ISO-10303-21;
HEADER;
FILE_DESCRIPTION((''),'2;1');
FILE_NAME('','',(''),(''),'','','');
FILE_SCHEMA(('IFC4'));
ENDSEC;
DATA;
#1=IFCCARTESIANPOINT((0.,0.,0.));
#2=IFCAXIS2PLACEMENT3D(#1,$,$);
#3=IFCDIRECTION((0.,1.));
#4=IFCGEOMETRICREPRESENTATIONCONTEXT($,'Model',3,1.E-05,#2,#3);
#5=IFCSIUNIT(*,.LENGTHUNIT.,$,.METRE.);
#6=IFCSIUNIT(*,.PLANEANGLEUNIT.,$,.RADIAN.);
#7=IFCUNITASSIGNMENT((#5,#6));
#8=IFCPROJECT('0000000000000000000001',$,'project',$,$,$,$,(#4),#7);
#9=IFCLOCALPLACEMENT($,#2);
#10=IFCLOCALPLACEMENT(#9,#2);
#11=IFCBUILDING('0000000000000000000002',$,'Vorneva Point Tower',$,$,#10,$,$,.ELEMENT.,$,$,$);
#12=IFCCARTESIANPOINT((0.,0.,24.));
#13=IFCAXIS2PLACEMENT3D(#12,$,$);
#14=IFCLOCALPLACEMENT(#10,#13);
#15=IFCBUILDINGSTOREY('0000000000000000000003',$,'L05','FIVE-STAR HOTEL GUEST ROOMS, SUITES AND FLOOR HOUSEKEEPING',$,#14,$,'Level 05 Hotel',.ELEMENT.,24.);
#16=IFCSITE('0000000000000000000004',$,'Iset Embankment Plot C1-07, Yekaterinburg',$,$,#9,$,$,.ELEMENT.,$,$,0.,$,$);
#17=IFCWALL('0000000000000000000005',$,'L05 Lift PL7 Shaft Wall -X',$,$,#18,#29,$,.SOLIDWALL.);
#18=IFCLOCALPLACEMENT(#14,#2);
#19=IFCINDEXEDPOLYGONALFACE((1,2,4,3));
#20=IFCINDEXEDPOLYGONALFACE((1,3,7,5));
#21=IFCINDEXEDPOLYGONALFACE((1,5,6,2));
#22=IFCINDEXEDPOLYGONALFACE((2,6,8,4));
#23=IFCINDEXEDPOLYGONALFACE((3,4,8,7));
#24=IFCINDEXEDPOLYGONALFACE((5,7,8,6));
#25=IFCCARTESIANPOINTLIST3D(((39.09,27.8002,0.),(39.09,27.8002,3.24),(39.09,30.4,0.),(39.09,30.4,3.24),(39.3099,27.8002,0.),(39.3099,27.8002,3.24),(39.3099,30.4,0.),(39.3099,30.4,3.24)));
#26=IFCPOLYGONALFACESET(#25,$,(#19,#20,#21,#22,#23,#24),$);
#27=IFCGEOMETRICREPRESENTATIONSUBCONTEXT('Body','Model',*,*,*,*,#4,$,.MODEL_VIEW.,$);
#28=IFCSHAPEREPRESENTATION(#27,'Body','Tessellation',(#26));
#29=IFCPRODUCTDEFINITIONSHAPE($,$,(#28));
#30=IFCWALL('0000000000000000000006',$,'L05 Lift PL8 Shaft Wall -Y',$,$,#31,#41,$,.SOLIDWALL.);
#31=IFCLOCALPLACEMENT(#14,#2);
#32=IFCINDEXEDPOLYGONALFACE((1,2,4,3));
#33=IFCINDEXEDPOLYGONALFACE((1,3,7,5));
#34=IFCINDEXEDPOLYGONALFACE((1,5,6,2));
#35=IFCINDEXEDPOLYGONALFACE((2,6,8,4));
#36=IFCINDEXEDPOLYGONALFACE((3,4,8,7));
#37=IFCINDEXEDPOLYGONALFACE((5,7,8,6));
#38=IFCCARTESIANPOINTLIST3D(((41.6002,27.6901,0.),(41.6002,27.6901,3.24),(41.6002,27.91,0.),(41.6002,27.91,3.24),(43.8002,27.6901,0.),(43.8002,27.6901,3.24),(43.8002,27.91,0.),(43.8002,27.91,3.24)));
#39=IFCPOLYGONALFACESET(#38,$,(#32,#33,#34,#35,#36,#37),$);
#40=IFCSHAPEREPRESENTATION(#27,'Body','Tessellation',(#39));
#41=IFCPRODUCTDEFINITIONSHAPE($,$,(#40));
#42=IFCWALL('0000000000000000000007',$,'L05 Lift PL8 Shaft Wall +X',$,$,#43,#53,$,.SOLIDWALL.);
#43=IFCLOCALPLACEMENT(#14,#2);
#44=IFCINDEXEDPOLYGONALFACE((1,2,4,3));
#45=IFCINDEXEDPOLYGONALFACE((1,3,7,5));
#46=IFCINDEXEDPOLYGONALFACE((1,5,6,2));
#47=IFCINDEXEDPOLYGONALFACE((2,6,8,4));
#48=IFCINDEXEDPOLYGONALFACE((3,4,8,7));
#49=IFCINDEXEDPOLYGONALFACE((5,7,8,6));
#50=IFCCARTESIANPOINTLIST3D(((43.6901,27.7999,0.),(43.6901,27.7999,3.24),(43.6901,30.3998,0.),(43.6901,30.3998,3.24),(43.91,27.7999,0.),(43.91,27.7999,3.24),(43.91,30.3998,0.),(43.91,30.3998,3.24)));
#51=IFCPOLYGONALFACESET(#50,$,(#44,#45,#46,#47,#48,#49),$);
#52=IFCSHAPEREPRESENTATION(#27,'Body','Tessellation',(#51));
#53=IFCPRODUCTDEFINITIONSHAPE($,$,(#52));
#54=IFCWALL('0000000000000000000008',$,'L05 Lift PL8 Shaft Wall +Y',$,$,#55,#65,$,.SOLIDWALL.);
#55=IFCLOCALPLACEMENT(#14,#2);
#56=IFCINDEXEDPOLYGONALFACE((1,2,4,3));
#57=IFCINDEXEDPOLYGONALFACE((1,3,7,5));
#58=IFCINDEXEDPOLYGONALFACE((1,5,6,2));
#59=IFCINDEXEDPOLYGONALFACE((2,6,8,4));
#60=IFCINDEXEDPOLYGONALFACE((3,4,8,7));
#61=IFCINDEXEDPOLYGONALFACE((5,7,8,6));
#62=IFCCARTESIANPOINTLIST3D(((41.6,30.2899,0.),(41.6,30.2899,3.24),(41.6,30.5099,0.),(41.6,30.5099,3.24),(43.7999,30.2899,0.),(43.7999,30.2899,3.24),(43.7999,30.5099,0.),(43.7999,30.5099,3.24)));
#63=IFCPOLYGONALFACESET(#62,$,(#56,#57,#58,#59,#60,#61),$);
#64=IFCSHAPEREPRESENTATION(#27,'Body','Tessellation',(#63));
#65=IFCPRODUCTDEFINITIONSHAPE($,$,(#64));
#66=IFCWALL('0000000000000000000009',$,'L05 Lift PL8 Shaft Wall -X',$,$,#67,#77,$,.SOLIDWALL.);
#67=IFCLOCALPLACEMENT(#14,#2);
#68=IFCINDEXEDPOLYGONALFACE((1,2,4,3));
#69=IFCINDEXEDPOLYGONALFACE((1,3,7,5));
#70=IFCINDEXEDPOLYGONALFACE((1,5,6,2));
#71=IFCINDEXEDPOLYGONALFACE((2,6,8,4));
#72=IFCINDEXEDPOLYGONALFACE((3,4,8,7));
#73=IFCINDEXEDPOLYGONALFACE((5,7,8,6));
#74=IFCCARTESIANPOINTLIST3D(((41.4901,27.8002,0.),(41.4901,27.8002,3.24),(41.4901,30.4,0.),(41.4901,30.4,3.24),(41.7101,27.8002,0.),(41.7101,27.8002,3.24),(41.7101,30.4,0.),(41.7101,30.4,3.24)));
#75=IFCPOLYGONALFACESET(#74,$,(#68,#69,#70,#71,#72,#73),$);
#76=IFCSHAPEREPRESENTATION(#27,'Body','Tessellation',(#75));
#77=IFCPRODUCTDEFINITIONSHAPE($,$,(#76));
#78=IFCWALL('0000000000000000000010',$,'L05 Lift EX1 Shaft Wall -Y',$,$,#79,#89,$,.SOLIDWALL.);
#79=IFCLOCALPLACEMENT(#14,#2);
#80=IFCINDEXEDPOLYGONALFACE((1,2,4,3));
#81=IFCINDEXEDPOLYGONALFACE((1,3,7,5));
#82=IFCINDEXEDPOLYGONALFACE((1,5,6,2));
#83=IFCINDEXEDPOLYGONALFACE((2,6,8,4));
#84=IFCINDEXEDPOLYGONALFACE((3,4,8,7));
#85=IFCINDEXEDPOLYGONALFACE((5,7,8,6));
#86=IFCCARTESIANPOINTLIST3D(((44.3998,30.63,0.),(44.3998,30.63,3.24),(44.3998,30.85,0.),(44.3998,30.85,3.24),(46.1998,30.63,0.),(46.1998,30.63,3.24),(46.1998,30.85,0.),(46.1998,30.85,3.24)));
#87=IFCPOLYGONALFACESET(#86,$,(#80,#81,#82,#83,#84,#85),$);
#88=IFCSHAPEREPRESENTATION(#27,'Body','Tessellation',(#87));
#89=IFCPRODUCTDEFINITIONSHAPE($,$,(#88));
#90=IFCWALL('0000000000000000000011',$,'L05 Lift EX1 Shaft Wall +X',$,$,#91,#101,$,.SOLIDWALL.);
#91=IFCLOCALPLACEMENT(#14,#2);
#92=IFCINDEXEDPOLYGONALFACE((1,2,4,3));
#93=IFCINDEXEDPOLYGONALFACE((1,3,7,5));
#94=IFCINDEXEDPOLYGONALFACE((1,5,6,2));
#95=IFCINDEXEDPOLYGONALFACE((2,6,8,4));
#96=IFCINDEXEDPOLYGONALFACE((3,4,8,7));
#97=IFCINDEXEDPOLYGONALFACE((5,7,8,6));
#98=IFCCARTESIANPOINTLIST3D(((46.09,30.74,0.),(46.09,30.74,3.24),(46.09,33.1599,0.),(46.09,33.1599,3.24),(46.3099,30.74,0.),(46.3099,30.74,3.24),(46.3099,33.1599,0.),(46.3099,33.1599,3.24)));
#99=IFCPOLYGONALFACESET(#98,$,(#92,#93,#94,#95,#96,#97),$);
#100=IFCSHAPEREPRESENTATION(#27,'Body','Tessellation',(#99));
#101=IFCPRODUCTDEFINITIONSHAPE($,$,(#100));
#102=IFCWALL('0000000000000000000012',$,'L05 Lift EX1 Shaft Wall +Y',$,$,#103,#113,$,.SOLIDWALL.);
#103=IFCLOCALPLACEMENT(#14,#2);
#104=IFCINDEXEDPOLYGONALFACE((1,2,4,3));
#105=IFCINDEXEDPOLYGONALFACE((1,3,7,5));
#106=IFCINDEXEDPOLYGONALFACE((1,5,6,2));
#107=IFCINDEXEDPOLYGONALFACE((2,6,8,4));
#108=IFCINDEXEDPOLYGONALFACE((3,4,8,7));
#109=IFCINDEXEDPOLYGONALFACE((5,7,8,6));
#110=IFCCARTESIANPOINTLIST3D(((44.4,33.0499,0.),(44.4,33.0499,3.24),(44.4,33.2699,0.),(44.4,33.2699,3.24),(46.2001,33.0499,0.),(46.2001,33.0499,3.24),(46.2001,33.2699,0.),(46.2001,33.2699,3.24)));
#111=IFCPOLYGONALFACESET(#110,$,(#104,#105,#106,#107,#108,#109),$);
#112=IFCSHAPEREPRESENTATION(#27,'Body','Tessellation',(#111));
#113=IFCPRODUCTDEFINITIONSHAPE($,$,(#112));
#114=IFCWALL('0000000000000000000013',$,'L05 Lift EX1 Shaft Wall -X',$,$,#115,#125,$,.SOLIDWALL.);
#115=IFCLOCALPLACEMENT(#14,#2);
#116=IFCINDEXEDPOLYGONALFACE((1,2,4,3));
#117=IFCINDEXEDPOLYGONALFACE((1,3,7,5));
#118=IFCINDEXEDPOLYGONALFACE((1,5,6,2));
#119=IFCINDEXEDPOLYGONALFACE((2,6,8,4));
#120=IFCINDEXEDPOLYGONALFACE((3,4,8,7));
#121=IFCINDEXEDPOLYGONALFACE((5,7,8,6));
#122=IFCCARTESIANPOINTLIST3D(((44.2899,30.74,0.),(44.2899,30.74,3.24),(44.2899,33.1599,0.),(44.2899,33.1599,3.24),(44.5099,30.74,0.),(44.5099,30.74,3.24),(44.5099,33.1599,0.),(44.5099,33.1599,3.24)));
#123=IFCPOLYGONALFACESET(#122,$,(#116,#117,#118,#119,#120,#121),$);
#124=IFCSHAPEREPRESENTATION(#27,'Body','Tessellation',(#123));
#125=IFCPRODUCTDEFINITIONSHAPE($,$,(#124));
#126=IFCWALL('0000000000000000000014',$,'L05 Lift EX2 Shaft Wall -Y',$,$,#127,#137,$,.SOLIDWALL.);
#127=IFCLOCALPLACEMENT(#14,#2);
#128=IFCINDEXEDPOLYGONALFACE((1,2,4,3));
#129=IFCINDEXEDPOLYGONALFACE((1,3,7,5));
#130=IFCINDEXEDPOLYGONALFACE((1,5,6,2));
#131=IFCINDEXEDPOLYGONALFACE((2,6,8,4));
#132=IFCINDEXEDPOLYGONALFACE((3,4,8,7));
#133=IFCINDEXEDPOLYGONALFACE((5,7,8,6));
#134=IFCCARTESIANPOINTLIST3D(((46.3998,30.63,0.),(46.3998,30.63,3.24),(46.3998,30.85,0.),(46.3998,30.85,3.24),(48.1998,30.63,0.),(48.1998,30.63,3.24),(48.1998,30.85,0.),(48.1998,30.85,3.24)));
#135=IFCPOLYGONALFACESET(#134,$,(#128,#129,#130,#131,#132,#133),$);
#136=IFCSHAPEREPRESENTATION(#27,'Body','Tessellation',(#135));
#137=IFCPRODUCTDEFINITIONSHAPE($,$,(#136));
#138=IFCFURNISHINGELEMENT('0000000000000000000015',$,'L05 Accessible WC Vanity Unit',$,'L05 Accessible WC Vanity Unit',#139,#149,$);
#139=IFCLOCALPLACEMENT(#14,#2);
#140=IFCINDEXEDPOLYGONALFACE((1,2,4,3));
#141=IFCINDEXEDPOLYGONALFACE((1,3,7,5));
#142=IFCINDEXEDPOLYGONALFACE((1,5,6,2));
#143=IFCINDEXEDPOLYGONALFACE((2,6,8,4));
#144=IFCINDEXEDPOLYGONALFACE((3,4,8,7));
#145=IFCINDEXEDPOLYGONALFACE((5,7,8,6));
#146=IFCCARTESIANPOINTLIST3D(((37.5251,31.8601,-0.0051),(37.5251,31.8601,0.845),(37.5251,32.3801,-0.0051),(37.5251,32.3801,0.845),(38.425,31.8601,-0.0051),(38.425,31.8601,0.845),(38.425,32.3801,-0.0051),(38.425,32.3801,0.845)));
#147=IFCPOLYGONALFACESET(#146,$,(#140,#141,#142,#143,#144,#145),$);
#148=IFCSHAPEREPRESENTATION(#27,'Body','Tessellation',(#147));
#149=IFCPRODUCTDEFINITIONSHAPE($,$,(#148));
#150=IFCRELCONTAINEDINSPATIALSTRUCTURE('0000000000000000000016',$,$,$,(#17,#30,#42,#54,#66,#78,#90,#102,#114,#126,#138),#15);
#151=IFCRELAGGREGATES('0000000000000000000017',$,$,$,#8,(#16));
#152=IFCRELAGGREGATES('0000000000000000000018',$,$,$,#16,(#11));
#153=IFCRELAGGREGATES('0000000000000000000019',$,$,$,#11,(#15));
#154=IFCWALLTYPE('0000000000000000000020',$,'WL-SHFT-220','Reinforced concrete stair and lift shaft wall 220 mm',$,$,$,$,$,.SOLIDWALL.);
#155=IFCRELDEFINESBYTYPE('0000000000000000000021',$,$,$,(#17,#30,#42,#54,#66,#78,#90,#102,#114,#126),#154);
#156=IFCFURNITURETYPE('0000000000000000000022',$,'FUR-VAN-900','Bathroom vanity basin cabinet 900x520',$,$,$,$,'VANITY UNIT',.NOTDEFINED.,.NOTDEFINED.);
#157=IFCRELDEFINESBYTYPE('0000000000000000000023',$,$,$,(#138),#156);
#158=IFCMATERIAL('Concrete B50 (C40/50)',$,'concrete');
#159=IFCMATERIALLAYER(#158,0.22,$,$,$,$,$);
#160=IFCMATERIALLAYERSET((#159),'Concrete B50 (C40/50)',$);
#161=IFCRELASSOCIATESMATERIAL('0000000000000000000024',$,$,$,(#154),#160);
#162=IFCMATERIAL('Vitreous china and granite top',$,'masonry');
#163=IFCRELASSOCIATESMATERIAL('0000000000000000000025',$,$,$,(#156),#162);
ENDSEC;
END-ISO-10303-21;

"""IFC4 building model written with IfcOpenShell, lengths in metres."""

from ifc_helpers import new_model, si_unit, direction, frame, frame_2d, origin, origin_2d, place, context, subcontext, project, spatial, rectangle, extrude, material, layer, layer_set, type_object, element, save


model = new_model("IFC4")

# Units and contexts
model_context = context("Model", 3, precision=1e-05, world=origin(), true_north=direction((0.0, 1.0)))
body_context = subcontext(model_context, "Body", "Model", "MODEL_VIEW")
ifc_project = project(units=[si_unit("LENGTHUNIT", "METRE"), si_unit("PLANEANGLEUNIT", "RADIAN")], contexts=[model_context])

# Site, building, storey
site_placement = place(None, origin())
site = spatial("IfcSite", under=ifc_project, at=site_placement, Name="Iset Embankment Plot C1-07, Yekaterinburg", CompositionType="ELEMENT", RefElevation=0.0)
building_placement = place(site_placement, origin())
building = spatial("IfcBuilding", under=site, at=building_placement, Name="Vorneva Point Tower", CompositionType="ELEMENT")
storey_placement = place(building_placement, frame((0.0, 0.0, 24.0)))
storey = spatial("IfcBuildingStorey", under=building, at=storey_placement, Name="L05", Description="FIVE-STAR HOTEL GUEST ROOMS, SUITES AND FLOOR HOUSEKEEPING", LongName="Level 05 Hotel", CompositionType="ELEMENT", Elevation=24.0)

# Walls
ifc_material_1 = material(Name="Concrete B50 (C40/50)", Category="concrete")
ifc_layer_1 = layer(ifc_material_1, 0.22)
ifc_layer_set_1 = layer_set([ifc_layer_1], Name="Concrete B50 (C40/50)")
wall_type_1 = type_object("IfcWallType", Name="WL-SHFT-220", Description="Reinforced concrete stair and lift shaft wall 220 mm", PredefinedType="SOLIDWALL", material=ifc_layer_set_1)
wall_1_placement = place(storey_placement, frame((39.2, 30.3999, 0.0), z_axis=(0.0, 0.0, 1.0), x_axis=(0.0, -1.0, 0.0)))
element("IfcWall", 1, at=wall_1_placement, inside=storey, type_object=wall_type_1, Name="L05 Lift PL7 Shaft Wall -X", PredefinedType="SOLIDWALL", context=body_context, shape_type="SweptSolid", body=[
    extrude(rectangle(XDim=2.5999, YDim=0.22, at=frame_2d((1.2998, 0.0))), origin(), (0.0, 0.0, 1.0), 3.24),
])
wall_2_placement = place(storey_placement, frame((41.6001, 27.8, 0.0), z_axis=(0.0, 0.0, 1.0), x_axis=(1.0, 0.0, 0.0)))
element("IfcWall", 2, at=wall_2_placement, inside=storey, type_object=wall_type_1, Name="L05 Lift PL8 Shaft Wall -Y", PredefinedType="SOLIDWALL", context=body_context, shape_type="SweptSolid", body=[
    extrude(rectangle(XDim=2.2, YDim=0.22, at=frame_2d((1.1001, 0.0))), origin(), (0.0, 0.0, 1.0), 3.24),
])
wall_3_placement = place(storey_placement, frame((43.8, 27.8, 0.0), z_axis=(0.0, 0.0, 1.0), x_axis=(0.0, 1.0, 0.0)))
element("IfcWall", 3, at=wall_3_placement, inside=storey, type_object=wall_type_1, Name="L05 Lift PL8 Shaft Wall +X", PredefinedType="SOLIDWALL", context=body_context, shape_type="SweptSolid", body=[
    extrude(rectangle(XDim=2.5999, YDim=0.22, at=frame_2d((1.2998, 0.0))), origin(), (0.0, 0.0, 1.0), 3.24),
])
wall_4_placement = place(storey_placement, frame((43.8, 30.3999, 0.0), z_axis=(0.0, 0.0, 1.0), x_axis=(-1.0, 0.0, 0.0)))
element("IfcWall", 4, at=wall_4_placement, inside=storey, type_object=wall_type_1, Name="L05 Lift PL8 Shaft Wall +Y", PredefinedType="SOLIDWALL", context=body_context, shape_type="SweptSolid", body=[
    extrude(rectangle(XDim=2.2, YDim=0.22, at=frame_2d((1.1001, 0.0))), origin(), (0.0, 0.0, 1.0), 3.24),
])
wall_5_placement = place(storey_placement, frame((41.6001, 30.3999, 0.0), z_axis=(0.0, 0.0, 1.0), x_axis=(0.0, -1.0, 0.0)))
element("IfcWall", 5, at=wall_5_placement, inside=storey, type_object=wall_type_1, Name="L05 Lift PL8 Shaft Wall -X", PredefinedType="SOLIDWALL", context=body_context, shape_type="SweptSolid", body=[
    extrude(rectangle(XDim=2.5999, YDim=0.22, at=frame_2d((1.2998, 0.0))), origin(), (0.0, 0.0, 1.0), 3.24),
])
wall_6_placement = place(storey_placement, frame((44.3999, 30.74, 0.0), z_axis=(0.0, 0.0, 1.0), x_axis=(1.0, 0.0, 0.0)))
element("IfcWall", 6, at=wall_6_placement, inside=storey, type_object=wall_type_1, Name="L05 Lift EX1 Shaft Wall -Y", PredefinedType="SOLIDWALL", context=body_context, shape_type="SweptSolid", body=[
    extrude(rectangle(XDim=1.8, YDim=0.22, at=frame_2d((0.8999, 0.0))), origin(), (0.0, 0.0, 1.0), 3.24),
])
wall_7_placement = place(storey_placement, frame((46.2, 30.74, 0.0), z_axis=(0.0, 0.0, 1.0), x_axis=(0.0, 1.0, 0.0)))
element("IfcWall", 7, at=wall_7_placement, inside=storey, type_object=wall_type_1, Name="L05 Lift EX1 Shaft Wall +X", PredefinedType="SOLIDWALL", context=body_context, shape_type="SweptSolid", body=[
    extrude(rectangle(XDim=2.4199, YDim=0.22, at=frame_2d((1.21, 0.0))), origin(), (0.0, 0.0, 1.0), 3.24),
])
wall_8_placement = place(storey_placement, frame((46.2, 33.1599, 0.0), z_axis=(0.0, 0.0, 1.0), x_axis=(-1.0, 0.0, 0.0)))
element("IfcWall", 8, at=wall_8_placement, inside=storey, type_object=wall_type_1, Name="L05 Lift EX1 Shaft Wall +Y", PredefinedType="SOLIDWALL", context=body_context, shape_type="SweptSolid", body=[
    extrude(rectangle(XDim=1.8, YDim=0.22, at=frame_2d((0.8999, 0.0))), origin(), (0.0, 0.0, 1.0), 3.24),
])
wall_9_placement = place(storey_placement, frame((44.3999, 33.1599, 0.0), z_axis=(0.0, 0.0, 1.0), x_axis=(0.0, -1.0, 0.0)))
element("IfcWall", 9, at=wall_9_placement, inside=storey, type_object=wall_type_1, Name="L05 Lift EX1 Shaft Wall -X", PredefinedType="SOLIDWALL", context=body_context, shape_type="SweptSolid", body=[
    extrude(rectangle(XDim=2.4199, YDim=0.22, at=frame_2d((1.21, 0.0))), origin(), (0.0, 0.0, 1.0), 3.24),
])
wall_10_placement = place(storey_placement, frame((46.3999, 30.74, 0.0), z_axis=(0.0, 0.0, 1.0), x_axis=(1.0, 0.0, 0.0)))
element("IfcWall", 10, at=wall_10_placement, inside=storey, type_object=wall_type_1, Name="L05 Lift EX2 Shaft Wall -Y", PredefinedType="SOLIDWALL", context=body_context, shape_type="SweptSolid", body=[
    extrude(rectangle(XDim=1.8, YDim=0.22, at=frame_2d((0.8999, 0.0))), origin(), (0.0, 0.0, 1.0), 3.24),
])

# Furnishing element
ifc_material_2 = material(Name="Vitreous china and granite top", Category="masonry")
furniture_type = type_object("IfcFurnitureType", Name="FUR-VAN-900", Description="Bathroom vanity basin cabinet 900x520", ElementType="VANITY UNIT", AssemblyPlace="NOTDEFINED", PredefinedType="NOTDEFINED", material=ifc_material_2)
furnishing_placement = place(storey_placement, frame((37.9751, 32.1201, -0.0051), z_axis=(0.0, 0.0, 1.0), x_axis=(1.0, 0.0, 0.0)))
element("IfcFurnishingElement", 11, at=furnishing_placement, inside=storey, type_object=furniture_type, Name="L05 Accessible WC Vanity Unit", ObjectType="L05 Accessible WC Vanity Unit", context=body_context, shape_type="SweptSolid", body=[
    extrude(rectangle(XDim=0.8999, YDim=0.52, at=origin_2d()), origin(), (0.0, 0.0, 1.0), 0.8501),
])

save(model, "model.ifc")
